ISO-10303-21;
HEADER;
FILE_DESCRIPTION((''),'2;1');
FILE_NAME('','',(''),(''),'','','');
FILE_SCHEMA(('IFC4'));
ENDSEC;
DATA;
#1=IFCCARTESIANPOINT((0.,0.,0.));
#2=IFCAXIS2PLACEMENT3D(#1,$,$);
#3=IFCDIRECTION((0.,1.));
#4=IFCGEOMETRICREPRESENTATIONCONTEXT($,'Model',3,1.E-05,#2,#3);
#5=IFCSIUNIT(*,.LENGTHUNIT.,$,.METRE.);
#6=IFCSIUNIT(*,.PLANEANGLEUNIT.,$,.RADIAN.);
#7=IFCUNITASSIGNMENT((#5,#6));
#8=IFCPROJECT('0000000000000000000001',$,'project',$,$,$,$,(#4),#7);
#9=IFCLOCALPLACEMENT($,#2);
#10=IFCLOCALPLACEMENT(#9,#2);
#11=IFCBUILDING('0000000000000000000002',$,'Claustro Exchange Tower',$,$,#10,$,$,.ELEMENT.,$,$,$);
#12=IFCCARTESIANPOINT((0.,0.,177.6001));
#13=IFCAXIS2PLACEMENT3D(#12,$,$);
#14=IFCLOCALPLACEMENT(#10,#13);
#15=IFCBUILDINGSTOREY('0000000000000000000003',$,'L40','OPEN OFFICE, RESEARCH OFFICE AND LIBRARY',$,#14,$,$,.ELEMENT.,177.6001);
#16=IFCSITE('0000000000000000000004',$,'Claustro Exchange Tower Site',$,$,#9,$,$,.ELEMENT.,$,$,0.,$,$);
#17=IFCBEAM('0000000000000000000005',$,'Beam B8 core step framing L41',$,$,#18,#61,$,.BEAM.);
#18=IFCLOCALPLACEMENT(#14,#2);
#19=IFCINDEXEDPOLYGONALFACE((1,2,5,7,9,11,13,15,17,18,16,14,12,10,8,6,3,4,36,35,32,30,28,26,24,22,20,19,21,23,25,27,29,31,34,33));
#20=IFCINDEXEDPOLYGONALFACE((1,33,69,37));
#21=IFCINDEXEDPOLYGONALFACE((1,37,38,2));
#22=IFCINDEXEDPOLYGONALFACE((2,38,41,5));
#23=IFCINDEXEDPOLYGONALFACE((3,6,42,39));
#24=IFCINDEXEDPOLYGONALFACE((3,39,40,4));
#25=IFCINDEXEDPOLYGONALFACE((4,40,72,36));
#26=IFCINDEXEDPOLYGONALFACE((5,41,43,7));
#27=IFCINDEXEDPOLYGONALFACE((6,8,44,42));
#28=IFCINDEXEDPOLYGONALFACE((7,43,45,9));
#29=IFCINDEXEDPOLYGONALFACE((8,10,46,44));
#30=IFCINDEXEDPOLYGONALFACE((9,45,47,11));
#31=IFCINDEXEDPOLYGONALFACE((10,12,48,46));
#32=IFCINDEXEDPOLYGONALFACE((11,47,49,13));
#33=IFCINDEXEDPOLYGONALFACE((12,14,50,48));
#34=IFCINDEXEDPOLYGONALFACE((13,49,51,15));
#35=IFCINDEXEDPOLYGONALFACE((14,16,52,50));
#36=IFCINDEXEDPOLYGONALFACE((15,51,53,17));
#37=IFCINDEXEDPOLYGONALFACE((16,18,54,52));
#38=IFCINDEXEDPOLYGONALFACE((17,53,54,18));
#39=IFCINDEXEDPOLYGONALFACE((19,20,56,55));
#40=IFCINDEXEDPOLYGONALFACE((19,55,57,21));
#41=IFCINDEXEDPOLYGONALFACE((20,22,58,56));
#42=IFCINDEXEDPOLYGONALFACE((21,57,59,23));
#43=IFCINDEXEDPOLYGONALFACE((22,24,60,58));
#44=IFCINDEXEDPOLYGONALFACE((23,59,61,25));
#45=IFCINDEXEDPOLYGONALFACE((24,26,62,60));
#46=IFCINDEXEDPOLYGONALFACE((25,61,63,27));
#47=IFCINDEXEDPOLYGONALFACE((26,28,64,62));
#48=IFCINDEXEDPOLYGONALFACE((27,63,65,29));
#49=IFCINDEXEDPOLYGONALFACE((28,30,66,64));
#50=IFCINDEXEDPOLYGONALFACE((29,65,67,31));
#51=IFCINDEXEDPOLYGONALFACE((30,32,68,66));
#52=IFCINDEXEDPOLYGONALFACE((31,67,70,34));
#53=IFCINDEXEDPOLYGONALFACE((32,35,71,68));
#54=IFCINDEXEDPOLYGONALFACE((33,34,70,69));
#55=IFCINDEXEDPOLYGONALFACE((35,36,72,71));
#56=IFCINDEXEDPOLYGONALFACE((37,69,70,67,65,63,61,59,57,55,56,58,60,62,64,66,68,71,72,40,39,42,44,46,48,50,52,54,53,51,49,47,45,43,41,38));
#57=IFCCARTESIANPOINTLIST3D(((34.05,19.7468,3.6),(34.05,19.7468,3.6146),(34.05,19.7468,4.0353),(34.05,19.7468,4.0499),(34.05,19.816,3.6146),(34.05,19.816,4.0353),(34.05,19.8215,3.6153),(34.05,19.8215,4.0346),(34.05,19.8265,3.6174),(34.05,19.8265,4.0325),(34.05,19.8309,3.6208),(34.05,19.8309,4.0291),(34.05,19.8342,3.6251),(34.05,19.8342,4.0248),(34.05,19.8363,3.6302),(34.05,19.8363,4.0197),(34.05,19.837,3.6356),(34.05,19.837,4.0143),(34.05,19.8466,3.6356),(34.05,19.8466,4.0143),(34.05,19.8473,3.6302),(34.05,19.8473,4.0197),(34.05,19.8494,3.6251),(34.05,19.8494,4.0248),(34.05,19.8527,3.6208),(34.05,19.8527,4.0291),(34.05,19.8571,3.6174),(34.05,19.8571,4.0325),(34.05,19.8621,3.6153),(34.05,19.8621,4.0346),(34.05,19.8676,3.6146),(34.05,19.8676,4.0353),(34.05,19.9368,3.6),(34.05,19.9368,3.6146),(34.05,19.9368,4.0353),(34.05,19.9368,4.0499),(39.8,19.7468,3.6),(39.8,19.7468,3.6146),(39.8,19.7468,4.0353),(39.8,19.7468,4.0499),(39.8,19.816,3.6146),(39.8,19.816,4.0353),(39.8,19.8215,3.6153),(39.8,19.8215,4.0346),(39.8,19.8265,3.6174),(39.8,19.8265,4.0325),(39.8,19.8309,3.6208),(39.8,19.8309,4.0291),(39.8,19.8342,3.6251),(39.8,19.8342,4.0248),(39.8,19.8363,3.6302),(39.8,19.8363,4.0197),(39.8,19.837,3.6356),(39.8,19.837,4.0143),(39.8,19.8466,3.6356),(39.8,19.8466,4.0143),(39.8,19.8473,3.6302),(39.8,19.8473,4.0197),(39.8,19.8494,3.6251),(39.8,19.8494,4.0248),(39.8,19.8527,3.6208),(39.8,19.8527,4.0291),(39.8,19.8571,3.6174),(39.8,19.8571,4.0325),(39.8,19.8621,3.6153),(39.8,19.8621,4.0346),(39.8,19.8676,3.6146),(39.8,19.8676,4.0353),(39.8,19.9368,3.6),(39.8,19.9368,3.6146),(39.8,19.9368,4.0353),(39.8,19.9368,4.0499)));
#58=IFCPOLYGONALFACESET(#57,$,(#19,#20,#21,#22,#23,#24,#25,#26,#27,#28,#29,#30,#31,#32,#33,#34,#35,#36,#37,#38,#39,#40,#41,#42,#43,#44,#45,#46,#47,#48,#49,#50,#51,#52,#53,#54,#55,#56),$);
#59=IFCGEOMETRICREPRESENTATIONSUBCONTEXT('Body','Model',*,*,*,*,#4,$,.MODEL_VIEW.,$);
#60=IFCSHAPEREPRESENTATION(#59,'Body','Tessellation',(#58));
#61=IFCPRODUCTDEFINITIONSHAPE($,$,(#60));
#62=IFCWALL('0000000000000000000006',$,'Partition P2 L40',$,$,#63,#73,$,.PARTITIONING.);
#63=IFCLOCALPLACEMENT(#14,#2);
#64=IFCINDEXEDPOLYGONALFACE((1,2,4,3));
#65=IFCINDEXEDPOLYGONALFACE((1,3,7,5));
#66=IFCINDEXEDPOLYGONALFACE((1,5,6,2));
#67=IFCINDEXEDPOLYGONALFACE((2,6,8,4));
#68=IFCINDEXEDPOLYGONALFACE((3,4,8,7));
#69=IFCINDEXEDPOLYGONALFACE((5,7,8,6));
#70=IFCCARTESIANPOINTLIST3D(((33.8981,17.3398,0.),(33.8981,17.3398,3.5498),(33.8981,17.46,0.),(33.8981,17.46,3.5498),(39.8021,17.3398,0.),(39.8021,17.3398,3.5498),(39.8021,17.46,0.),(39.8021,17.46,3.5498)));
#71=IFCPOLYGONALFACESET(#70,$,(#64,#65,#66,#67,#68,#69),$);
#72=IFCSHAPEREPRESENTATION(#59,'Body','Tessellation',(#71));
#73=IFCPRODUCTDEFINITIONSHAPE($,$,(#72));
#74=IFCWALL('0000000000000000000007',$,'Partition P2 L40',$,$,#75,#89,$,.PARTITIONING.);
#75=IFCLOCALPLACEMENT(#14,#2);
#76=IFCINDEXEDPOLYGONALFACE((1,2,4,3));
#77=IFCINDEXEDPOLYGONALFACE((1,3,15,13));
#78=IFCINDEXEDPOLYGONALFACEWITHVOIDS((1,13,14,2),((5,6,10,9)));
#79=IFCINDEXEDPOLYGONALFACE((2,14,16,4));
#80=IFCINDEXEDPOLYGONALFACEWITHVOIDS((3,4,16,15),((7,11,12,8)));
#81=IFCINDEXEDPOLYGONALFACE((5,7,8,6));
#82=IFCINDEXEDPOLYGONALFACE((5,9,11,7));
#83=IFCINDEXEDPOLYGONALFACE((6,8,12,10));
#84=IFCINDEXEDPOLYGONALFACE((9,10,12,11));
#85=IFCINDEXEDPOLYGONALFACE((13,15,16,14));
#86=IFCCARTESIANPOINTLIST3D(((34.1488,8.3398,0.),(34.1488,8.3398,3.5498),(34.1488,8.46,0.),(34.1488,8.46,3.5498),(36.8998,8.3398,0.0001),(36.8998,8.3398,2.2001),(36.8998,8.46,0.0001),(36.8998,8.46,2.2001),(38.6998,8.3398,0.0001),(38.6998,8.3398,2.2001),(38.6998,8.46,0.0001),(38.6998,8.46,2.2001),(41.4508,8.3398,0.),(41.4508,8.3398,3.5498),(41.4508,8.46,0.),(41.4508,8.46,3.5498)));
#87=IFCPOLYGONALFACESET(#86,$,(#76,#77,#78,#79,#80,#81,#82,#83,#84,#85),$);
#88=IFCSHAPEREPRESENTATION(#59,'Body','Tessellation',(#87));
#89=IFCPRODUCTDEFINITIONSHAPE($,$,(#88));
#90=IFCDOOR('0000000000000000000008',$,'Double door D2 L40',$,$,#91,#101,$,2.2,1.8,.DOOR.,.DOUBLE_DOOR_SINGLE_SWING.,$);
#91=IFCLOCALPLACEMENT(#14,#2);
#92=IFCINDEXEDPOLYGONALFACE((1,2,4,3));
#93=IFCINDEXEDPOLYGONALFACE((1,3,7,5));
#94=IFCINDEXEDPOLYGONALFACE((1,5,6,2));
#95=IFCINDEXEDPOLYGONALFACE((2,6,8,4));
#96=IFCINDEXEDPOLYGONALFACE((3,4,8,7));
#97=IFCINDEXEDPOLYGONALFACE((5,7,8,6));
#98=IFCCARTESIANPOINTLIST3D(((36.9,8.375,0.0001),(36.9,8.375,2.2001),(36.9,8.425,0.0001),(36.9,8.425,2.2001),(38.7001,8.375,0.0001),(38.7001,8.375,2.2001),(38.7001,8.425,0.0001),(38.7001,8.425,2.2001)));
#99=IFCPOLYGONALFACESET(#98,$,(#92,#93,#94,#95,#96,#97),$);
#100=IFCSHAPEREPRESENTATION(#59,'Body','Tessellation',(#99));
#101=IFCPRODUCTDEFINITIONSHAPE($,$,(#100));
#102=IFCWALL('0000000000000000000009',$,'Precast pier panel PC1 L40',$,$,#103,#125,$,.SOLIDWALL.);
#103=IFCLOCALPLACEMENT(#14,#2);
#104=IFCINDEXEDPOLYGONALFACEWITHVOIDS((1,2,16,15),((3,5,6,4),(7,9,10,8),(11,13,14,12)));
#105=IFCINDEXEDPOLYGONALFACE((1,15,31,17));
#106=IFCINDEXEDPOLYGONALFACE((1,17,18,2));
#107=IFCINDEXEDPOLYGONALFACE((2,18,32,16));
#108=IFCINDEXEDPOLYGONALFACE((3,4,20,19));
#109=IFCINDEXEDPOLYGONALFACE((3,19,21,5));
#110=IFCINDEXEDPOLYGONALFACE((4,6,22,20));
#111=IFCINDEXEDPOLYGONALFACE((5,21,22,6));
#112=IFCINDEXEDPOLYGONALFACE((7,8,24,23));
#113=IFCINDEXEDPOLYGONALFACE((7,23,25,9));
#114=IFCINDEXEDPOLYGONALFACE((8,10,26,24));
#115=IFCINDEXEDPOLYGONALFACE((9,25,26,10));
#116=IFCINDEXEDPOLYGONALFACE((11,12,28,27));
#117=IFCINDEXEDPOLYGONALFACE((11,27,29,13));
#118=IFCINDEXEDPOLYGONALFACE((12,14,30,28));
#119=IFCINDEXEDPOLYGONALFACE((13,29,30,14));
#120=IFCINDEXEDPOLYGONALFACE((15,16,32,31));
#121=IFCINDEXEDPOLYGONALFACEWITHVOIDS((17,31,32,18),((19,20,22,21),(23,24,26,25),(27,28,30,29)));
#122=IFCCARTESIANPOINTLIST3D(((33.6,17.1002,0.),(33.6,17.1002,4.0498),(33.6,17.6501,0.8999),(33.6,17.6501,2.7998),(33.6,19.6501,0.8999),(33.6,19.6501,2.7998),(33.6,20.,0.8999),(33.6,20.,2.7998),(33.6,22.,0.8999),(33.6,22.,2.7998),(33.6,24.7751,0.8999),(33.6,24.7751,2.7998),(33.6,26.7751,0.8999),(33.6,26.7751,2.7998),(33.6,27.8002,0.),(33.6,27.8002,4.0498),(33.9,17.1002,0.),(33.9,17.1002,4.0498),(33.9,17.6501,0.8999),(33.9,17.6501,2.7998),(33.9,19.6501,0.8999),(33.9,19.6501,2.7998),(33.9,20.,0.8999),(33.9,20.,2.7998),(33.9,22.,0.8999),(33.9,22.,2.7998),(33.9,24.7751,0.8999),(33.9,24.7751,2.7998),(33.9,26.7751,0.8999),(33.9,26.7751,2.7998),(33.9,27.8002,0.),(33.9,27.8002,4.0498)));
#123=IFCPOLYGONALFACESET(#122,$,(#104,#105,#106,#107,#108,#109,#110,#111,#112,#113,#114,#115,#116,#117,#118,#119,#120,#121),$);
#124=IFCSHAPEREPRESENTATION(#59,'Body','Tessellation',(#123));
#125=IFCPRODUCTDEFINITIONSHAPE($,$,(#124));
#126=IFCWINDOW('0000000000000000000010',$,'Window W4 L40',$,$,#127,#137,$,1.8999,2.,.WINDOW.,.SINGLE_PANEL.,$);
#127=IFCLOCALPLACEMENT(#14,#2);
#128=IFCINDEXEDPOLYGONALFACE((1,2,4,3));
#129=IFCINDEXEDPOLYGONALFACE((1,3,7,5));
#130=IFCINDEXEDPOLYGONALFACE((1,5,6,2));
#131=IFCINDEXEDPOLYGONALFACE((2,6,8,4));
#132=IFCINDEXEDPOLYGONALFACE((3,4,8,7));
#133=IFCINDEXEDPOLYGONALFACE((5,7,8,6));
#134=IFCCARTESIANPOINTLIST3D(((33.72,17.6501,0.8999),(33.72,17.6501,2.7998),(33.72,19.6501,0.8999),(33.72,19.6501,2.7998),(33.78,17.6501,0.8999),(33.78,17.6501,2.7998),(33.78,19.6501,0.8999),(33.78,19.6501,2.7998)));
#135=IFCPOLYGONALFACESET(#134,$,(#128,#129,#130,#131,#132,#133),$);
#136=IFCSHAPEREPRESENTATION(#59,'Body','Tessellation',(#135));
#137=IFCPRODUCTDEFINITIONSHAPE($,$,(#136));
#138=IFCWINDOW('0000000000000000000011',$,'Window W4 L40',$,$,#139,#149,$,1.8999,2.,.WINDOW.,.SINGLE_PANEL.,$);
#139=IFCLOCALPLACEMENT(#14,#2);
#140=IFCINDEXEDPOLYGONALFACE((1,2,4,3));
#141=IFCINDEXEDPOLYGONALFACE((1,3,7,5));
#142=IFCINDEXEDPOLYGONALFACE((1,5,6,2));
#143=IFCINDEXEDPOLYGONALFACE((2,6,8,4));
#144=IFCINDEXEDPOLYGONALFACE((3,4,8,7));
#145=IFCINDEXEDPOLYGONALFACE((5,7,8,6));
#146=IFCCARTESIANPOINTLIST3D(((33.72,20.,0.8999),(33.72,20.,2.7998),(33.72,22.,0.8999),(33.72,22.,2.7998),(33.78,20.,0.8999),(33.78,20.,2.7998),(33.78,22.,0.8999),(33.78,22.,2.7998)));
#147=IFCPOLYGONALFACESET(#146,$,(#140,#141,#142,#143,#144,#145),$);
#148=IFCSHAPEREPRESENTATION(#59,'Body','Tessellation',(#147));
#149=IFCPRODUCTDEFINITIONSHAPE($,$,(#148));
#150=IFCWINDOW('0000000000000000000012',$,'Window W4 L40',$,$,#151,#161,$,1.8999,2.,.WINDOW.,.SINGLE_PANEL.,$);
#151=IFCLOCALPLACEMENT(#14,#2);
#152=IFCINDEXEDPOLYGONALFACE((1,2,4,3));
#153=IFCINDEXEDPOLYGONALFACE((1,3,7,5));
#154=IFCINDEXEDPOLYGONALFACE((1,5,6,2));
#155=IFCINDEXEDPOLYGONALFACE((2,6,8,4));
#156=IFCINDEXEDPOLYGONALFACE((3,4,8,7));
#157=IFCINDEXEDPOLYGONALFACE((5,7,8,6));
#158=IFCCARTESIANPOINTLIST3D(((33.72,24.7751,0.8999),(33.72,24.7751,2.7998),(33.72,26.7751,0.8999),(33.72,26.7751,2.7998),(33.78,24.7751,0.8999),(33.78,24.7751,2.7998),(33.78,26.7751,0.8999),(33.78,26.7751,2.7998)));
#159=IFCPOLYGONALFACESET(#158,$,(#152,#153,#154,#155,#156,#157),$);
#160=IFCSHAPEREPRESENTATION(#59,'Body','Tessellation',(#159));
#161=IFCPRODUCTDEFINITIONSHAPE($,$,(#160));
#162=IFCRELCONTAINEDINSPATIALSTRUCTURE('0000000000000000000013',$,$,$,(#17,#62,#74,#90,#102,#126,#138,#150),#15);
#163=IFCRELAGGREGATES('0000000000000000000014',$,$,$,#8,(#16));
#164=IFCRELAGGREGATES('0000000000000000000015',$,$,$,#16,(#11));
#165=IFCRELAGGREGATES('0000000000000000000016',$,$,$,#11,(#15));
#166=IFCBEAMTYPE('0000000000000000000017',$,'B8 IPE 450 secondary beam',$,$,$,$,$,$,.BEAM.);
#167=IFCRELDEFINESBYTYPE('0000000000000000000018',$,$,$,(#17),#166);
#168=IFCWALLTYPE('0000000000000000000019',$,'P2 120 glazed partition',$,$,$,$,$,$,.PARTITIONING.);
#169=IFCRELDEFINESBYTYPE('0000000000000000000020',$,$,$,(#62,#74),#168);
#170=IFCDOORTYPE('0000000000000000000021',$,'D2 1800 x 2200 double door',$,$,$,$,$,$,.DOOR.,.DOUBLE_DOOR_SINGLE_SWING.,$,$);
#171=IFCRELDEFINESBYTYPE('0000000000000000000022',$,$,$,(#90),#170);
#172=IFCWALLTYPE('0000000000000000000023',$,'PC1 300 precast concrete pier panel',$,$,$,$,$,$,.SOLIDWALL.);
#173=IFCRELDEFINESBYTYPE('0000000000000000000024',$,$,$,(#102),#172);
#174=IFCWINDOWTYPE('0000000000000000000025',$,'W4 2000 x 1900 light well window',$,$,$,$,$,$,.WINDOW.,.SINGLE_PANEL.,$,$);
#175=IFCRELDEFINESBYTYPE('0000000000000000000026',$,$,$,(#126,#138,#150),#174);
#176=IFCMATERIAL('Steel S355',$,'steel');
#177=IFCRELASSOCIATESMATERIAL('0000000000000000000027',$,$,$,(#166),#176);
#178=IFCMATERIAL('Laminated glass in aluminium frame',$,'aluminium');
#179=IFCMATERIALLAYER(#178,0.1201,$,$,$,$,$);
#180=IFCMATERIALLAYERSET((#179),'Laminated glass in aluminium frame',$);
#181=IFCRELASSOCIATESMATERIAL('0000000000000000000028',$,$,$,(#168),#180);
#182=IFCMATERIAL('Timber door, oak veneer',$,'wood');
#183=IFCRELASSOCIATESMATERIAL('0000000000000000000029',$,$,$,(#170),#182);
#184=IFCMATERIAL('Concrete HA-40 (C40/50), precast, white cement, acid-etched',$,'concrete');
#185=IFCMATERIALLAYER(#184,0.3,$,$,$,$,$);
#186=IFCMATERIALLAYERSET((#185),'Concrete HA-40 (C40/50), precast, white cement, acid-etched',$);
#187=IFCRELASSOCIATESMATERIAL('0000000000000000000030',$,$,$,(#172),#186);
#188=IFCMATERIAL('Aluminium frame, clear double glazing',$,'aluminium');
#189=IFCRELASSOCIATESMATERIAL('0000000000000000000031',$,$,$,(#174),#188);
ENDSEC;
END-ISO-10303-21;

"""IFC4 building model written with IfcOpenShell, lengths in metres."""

from ifc_helpers import new_model, si_unit, direction, frame, frame_2d, origin, origin_2d, place, context, subcontext, project, spatial, rectangle, i_section, extrude, material, layer, layer_set, material_profile, profile_set, type_object, element, fill, save


model = new_model("IFC4")

# Units and contexts
model_context = context("Model", 3, precision=1e-05, world=origin(), true_north=direction((0.0, 1.0)))
body_context = subcontext(model_context, "Body", "Model", "MODEL_VIEW")
ifc_project = project(units=[si_unit("LENGTHUNIT", "METRE"), si_unit("PLANEANGLEUNIT", "RADIAN")], contexts=[model_context])

# Site, building, storey
site_placement = place(None, origin())
site = spatial("IfcSite", under=ifc_project, at=site_placement, Name="Claustro Exchange Tower Site", CompositionType="ELEMENT", RefElevation=0.0)
building_placement = place(site_placement, origin())
building = spatial("IfcBuilding", under=site, at=building_placement, Name="Claustro Exchange Tower", CompositionType="ELEMENT")
storey_placement = place(building_placement, frame((0.0, 0.0, 177.6001)))
storey = spatial("IfcBuildingStorey", under=building, at=storey_placement, Name="L40", Description="OPEN OFFICE, RESEARCH OFFICE AND LIBRARY", CompositionType="ELEMENT", Elevation=177.6001)

# Beam
ifc_material_1 = material(Name="Steel S355", Category="steel")
ifc_material_profile_1 = material_profile(ifc_material_1, i_section(OverallWidth=0.1899, OverallDepth=0.45, WebThickness=0.0095, FlangeThickness=0.0146, FilletRadius=0.021, at=origin_2d()), Name="IPE 450")
ifc_profile_set_1 = profile_set([ifc_material_profile_1], Name="Steel S355")
beam_type_1 = type_object("IfcBeamType", Name="B8 IPE 450 secondary beam", PredefinedType="BEAM", material=ifc_profile_set_1)
for number, where, z_axis, x_axis, name in (
    (1, (34.05, 19.8418, 3.825), (1.0, 0.0, 0.0), (0.0, 1.0, 0.0), "Beam B8 core step framing L41"),
):
    element("IfcBeam", number, at=place(storey_placement, frame(where, z_axis=z_axis, x_axis=x_axis)), inside=storey, type_object=beam_type_1, Name=name, PredefinedType="BEAM", context=body_context, shape_type="SweptSolid", body=[
        extrude(i_section(OverallWidth=0.1899, OverallDepth=0.45, WebThickness=0.0095, FlangeThickness=0.0146, FilletRadius=0.021, at=origin_2d()), origin(), (0.0, 0.0, 1.0), 5.75),
    ])

# Wall
ifc_material_2 = material(Name="Laminated glass in aluminium frame", Category="aluminium")
ifc_layer_1 = layer(ifc_material_2, 0.1201)
ifc_layer_set_1 = layer_set([ifc_layer_1], Name="Laminated glass in aluminium frame")
wall_type_1 = type_object("IfcWallType", Name="P2 120 glazed partition", PredefinedType="PARTITIONING", material=ifc_layer_set_1)
wall_1_placement = place(storey_placement, frame((33.8979, 17.3999, 0.0), z_axis=(0.0, 0.0, 1.0), x_axis=(1.0, 0.0, 0.0)))
element("IfcWall", 2, at=wall_1_placement, inside=storey, type_object=wall_type_1, Name="Partition P2 L40", PredefinedType="PARTITIONING", context=body_context, shape_type="SweptSolid", body=[
    extrude(rectangle(XDim=5.9041, YDim=0.1201, at=frame_2d((2.9521, 0.0))), origin(), (0.0, 0.0, 1.0), 3.5498),
])

# Wall, opening, door
wall_2_placement = place(storey_placement, frame((34.1489, 8.3999, 0.0), z_axis=(0.0, 0.0, 1.0), x_axis=(1.0, 0.0, 0.0)))
wall_2 = element("IfcWall", 3, at=wall_2_placement, inside=storey, type_object=wall_type_1, Name="Partition P2 L40", PredefinedType="PARTITIONING", context=body_context, shape_type="SweptSolid", body=[
    extrude(rectangle(XDim=7.302, YDim=0.1201, at=frame_2d((3.6509, 0.0))), origin(), (0.0, 0.0, 1.0), 3.5498),
])
opening_1_placement = place(wall_2_placement, frame((2.751, 0.0, 0.0)))
opening_1 = element("IfcOpeningElement", 4, at=opening_1_placement, cuts=wall_2, PredefinedType="OPENING", context=body_context, shape_type="SweptSolid", body=[
    extrude(rectangle(XDim=1.8, YDim=2.2, at=frame_2d((0.8999, 1.1001))), frame((0.0, 0.0701, 0.0), z_axis=(0.0, -1.0, 0.0), x_axis=(1.0, 0.0, 0.0)), (0.0, 0.0, 1.0), 0.1401),
])
ifc_material_3 = material(Name="Timber door, oak veneer", Category="wood")
door_type_1 = type_object("IfcDoorType", Name="D2 1800 x 2200 double door", OperationType="DOUBLE_DOOR_SINGLE_SWING", PredefinedType="DOOR", material=ifc_material_3)
door_1_placement = place(opening_1_placement, frame((1.8, 0.0, 0.0), z_axis=(0.0, 0.0, 1.0), x_axis=(-1.0, 0.0, 0.0)))
door_1 = element("IfcDoor", 5, at=door_1_placement, inside=storey, type_object=door_type_1, Name="Double door D2 L40", OperationType="DOUBLE_DOOR_SINGLE_SWING", OverallHeight=2.2, OverallWidth=1.8, PredefinedType="DOOR", context=body_context, shape_type="SweptSolid", body=[
    extrude(rectangle(XDim=1.8, YDim=2.2, at=frame_2d((0.8999, 1.1001))), frame((0.0, 0.0249, 0.0), z_axis=(0.0, -1.0, 0.0), x_axis=(1.0, 0.0, 0.0)), (0.0, 0.0, 1.0), 0.05),
])
fill(opening_1, door_1)

# Wall, openings, windows
ifc_material_4 = material(Name="Concrete HA-40 (C40/50), precast, white cement, acid-etched", Category="concrete")
ifc_layer_2 = layer(ifc_material_4, 0.3)
ifc_layer_set_2 = layer_set([ifc_layer_2], Name="Concrete HA-40 (C40/50), precast, white cement, acid-etched")
wall_type_2 = type_object("IfcWallType", Name="PC1 300 precast concrete pier panel", PredefinedType="SOLIDWALL", material=ifc_layer_set_2)
wall_3_placement = place(storey_placement, frame((33.75, 17.1001, 0.0), z_axis=(0.0, 0.0, 1.0), x_axis=(0.0, 1.0, 0.0)))
wall_3 = element("IfcWall", 6, at=wall_3_placement, inside=storey, type_object=wall_type_2, Name="Precast pier panel PC1 L40", PredefinedType="SOLIDWALL", context=body_context, shape_type="SweptSolid", body=[
    extrude(rectangle(XDim=10.7, YDim=0.3, at=frame_2d((5.3501, 0.0))), origin(), (0.0, 0.0, 1.0), 4.0498),
])
opening_2_placement = place(wall_3_placement, frame((0.55, 0.0, 0.8999)))
opening_2 = element("IfcOpeningElement", 7, at=opening_2_placement, cuts=wall_3, PredefinedType="OPENING", context=body_context, shape_type="SweptSolid", body=[
    extrude(rectangle(XDim=2.0, YDim=1.8999, at=frame_2d((1.0, 0.95))), frame((0.0, 0.1599, 0.0), z_axis=(0.0, -1.0, 0.0), x_axis=(1.0, 0.0, 0.0)), (0.0, 0.0, 1.0), 0.3201),
])
opening_3_placement = place(wall_3_placement, frame((2.8999, 0.0, 0.8999)))
opening_3 = element("IfcOpeningElement", 8, at=opening_3_placement, cuts=wall_3, PredefinedType="OPENING", context=body_context, shape_type="SweptSolid", body=[
    extrude(rectangle(XDim=2.0, YDim=1.8999, at=frame_2d((1.0, 0.95))), frame((0.0, 0.1599, 0.0), z_axis=(0.0, -1.0, 0.0), x_axis=(1.0, 0.0, 0.0)), (0.0, 0.0, 1.0), 0.3201),
])
opening_4_placement = place(wall_3_placement, frame((7.675, 0.0, 0.8999)))
opening_4 = element("IfcOpeningElement", 9, at=opening_4_placement, cuts=wall_3, PredefinedType="OPENING", context=body_context, shape_type="SweptSolid", body=[
    extrude(rectangle(XDim=2.0, YDim=1.8999, at=frame_2d((1.0, 0.95))), frame((0.0, 0.1599, 0.0), z_axis=(0.0, -1.0, 0.0), x_axis=(1.0, 0.0, 0.0)), (0.0, 0.0, 1.0), 0.3201),
])
ifc_material_5 = material(Name="Aluminium frame, clear double glazing", Category="aluminium")
window_type = type_object("IfcWindowType", Name="W4 2000 x 1900 light well window", PartitioningType="SINGLE_PANEL", PredefinedType="WINDOW", material=ifc_material_5)
window_1_placement = place(opening_2_placement, origin())
window_1 = element("IfcWindow", 10, at=window_1_placement, inside=storey, type_object=window_type, Name="Window W4 L40", OverallHeight=1.8999, OverallWidth=2.0, PartitioningType="SINGLE_PANEL", PredefinedType="WINDOW", context=body_context, shape_type="SweptSolid", body=[
    extrude(rectangle(XDim=2.0, YDim=1.8999, at=frame_2d((1.0, 0.95))), frame((0.0, 0.03, 0.0), z_axis=(0.0, -1.0, 0.0), x_axis=(1.0, 0.0, 0.0)), (0.0, 0.0, 1.0), 0.0601),
])
fill(opening_2, window_1)
window_2_placement = place(opening_3_placement, origin())
window_2 = element("IfcWindow", 11, at=window_2_placement, inside=storey, type_object=window_type, Name="Window W4 L40", OverallHeight=1.8999, OverallWidth=2.0, PartitioningType="SINGLE_PANEL", PredefinedType="WINDOW", context=body_context, shape_type="SweptSolid", body=[
    extrude(rectangle(XDim=2.0, YDim=1.8999, at=frame_2d((1.0, 0.95))), frame((0.0, 0.03, 0.0), z_axis=(0.0, -1.0, 0.0), x_axis=(1.0, 0.0, 0.0)), (0.0, 0.0, 1.0), 0.0601),
])
fill(opening_3, window_2)
window_3_placement = place(opening_4_placement, origin())
window_3 = element("IfcWindow", 12, at=window_3_placement, inside=storey, type_object=window_type, Name="Window W4 L40", OverallHeight=1.8999, OverallWidth=2.0, PartitioningType="SINGLE_PANEL", PredefinedType="WINDOW", context=body_context, shape_type="SweptSolid", body=[
    extrude(rectangle(XDim=2.0, YDim=1.8999, at=frame_2d((1.0, 0.95))), frame((0.0, 0.03, 0.0), z_axis=(0.0, -1.0, 0.0), x_axis=(1.0, 0.0, 0.0)), (0.0, 0.0, 1.0), 0.0601),
])
fill(opening_4, window_3)

save(model, "model.ifc")
